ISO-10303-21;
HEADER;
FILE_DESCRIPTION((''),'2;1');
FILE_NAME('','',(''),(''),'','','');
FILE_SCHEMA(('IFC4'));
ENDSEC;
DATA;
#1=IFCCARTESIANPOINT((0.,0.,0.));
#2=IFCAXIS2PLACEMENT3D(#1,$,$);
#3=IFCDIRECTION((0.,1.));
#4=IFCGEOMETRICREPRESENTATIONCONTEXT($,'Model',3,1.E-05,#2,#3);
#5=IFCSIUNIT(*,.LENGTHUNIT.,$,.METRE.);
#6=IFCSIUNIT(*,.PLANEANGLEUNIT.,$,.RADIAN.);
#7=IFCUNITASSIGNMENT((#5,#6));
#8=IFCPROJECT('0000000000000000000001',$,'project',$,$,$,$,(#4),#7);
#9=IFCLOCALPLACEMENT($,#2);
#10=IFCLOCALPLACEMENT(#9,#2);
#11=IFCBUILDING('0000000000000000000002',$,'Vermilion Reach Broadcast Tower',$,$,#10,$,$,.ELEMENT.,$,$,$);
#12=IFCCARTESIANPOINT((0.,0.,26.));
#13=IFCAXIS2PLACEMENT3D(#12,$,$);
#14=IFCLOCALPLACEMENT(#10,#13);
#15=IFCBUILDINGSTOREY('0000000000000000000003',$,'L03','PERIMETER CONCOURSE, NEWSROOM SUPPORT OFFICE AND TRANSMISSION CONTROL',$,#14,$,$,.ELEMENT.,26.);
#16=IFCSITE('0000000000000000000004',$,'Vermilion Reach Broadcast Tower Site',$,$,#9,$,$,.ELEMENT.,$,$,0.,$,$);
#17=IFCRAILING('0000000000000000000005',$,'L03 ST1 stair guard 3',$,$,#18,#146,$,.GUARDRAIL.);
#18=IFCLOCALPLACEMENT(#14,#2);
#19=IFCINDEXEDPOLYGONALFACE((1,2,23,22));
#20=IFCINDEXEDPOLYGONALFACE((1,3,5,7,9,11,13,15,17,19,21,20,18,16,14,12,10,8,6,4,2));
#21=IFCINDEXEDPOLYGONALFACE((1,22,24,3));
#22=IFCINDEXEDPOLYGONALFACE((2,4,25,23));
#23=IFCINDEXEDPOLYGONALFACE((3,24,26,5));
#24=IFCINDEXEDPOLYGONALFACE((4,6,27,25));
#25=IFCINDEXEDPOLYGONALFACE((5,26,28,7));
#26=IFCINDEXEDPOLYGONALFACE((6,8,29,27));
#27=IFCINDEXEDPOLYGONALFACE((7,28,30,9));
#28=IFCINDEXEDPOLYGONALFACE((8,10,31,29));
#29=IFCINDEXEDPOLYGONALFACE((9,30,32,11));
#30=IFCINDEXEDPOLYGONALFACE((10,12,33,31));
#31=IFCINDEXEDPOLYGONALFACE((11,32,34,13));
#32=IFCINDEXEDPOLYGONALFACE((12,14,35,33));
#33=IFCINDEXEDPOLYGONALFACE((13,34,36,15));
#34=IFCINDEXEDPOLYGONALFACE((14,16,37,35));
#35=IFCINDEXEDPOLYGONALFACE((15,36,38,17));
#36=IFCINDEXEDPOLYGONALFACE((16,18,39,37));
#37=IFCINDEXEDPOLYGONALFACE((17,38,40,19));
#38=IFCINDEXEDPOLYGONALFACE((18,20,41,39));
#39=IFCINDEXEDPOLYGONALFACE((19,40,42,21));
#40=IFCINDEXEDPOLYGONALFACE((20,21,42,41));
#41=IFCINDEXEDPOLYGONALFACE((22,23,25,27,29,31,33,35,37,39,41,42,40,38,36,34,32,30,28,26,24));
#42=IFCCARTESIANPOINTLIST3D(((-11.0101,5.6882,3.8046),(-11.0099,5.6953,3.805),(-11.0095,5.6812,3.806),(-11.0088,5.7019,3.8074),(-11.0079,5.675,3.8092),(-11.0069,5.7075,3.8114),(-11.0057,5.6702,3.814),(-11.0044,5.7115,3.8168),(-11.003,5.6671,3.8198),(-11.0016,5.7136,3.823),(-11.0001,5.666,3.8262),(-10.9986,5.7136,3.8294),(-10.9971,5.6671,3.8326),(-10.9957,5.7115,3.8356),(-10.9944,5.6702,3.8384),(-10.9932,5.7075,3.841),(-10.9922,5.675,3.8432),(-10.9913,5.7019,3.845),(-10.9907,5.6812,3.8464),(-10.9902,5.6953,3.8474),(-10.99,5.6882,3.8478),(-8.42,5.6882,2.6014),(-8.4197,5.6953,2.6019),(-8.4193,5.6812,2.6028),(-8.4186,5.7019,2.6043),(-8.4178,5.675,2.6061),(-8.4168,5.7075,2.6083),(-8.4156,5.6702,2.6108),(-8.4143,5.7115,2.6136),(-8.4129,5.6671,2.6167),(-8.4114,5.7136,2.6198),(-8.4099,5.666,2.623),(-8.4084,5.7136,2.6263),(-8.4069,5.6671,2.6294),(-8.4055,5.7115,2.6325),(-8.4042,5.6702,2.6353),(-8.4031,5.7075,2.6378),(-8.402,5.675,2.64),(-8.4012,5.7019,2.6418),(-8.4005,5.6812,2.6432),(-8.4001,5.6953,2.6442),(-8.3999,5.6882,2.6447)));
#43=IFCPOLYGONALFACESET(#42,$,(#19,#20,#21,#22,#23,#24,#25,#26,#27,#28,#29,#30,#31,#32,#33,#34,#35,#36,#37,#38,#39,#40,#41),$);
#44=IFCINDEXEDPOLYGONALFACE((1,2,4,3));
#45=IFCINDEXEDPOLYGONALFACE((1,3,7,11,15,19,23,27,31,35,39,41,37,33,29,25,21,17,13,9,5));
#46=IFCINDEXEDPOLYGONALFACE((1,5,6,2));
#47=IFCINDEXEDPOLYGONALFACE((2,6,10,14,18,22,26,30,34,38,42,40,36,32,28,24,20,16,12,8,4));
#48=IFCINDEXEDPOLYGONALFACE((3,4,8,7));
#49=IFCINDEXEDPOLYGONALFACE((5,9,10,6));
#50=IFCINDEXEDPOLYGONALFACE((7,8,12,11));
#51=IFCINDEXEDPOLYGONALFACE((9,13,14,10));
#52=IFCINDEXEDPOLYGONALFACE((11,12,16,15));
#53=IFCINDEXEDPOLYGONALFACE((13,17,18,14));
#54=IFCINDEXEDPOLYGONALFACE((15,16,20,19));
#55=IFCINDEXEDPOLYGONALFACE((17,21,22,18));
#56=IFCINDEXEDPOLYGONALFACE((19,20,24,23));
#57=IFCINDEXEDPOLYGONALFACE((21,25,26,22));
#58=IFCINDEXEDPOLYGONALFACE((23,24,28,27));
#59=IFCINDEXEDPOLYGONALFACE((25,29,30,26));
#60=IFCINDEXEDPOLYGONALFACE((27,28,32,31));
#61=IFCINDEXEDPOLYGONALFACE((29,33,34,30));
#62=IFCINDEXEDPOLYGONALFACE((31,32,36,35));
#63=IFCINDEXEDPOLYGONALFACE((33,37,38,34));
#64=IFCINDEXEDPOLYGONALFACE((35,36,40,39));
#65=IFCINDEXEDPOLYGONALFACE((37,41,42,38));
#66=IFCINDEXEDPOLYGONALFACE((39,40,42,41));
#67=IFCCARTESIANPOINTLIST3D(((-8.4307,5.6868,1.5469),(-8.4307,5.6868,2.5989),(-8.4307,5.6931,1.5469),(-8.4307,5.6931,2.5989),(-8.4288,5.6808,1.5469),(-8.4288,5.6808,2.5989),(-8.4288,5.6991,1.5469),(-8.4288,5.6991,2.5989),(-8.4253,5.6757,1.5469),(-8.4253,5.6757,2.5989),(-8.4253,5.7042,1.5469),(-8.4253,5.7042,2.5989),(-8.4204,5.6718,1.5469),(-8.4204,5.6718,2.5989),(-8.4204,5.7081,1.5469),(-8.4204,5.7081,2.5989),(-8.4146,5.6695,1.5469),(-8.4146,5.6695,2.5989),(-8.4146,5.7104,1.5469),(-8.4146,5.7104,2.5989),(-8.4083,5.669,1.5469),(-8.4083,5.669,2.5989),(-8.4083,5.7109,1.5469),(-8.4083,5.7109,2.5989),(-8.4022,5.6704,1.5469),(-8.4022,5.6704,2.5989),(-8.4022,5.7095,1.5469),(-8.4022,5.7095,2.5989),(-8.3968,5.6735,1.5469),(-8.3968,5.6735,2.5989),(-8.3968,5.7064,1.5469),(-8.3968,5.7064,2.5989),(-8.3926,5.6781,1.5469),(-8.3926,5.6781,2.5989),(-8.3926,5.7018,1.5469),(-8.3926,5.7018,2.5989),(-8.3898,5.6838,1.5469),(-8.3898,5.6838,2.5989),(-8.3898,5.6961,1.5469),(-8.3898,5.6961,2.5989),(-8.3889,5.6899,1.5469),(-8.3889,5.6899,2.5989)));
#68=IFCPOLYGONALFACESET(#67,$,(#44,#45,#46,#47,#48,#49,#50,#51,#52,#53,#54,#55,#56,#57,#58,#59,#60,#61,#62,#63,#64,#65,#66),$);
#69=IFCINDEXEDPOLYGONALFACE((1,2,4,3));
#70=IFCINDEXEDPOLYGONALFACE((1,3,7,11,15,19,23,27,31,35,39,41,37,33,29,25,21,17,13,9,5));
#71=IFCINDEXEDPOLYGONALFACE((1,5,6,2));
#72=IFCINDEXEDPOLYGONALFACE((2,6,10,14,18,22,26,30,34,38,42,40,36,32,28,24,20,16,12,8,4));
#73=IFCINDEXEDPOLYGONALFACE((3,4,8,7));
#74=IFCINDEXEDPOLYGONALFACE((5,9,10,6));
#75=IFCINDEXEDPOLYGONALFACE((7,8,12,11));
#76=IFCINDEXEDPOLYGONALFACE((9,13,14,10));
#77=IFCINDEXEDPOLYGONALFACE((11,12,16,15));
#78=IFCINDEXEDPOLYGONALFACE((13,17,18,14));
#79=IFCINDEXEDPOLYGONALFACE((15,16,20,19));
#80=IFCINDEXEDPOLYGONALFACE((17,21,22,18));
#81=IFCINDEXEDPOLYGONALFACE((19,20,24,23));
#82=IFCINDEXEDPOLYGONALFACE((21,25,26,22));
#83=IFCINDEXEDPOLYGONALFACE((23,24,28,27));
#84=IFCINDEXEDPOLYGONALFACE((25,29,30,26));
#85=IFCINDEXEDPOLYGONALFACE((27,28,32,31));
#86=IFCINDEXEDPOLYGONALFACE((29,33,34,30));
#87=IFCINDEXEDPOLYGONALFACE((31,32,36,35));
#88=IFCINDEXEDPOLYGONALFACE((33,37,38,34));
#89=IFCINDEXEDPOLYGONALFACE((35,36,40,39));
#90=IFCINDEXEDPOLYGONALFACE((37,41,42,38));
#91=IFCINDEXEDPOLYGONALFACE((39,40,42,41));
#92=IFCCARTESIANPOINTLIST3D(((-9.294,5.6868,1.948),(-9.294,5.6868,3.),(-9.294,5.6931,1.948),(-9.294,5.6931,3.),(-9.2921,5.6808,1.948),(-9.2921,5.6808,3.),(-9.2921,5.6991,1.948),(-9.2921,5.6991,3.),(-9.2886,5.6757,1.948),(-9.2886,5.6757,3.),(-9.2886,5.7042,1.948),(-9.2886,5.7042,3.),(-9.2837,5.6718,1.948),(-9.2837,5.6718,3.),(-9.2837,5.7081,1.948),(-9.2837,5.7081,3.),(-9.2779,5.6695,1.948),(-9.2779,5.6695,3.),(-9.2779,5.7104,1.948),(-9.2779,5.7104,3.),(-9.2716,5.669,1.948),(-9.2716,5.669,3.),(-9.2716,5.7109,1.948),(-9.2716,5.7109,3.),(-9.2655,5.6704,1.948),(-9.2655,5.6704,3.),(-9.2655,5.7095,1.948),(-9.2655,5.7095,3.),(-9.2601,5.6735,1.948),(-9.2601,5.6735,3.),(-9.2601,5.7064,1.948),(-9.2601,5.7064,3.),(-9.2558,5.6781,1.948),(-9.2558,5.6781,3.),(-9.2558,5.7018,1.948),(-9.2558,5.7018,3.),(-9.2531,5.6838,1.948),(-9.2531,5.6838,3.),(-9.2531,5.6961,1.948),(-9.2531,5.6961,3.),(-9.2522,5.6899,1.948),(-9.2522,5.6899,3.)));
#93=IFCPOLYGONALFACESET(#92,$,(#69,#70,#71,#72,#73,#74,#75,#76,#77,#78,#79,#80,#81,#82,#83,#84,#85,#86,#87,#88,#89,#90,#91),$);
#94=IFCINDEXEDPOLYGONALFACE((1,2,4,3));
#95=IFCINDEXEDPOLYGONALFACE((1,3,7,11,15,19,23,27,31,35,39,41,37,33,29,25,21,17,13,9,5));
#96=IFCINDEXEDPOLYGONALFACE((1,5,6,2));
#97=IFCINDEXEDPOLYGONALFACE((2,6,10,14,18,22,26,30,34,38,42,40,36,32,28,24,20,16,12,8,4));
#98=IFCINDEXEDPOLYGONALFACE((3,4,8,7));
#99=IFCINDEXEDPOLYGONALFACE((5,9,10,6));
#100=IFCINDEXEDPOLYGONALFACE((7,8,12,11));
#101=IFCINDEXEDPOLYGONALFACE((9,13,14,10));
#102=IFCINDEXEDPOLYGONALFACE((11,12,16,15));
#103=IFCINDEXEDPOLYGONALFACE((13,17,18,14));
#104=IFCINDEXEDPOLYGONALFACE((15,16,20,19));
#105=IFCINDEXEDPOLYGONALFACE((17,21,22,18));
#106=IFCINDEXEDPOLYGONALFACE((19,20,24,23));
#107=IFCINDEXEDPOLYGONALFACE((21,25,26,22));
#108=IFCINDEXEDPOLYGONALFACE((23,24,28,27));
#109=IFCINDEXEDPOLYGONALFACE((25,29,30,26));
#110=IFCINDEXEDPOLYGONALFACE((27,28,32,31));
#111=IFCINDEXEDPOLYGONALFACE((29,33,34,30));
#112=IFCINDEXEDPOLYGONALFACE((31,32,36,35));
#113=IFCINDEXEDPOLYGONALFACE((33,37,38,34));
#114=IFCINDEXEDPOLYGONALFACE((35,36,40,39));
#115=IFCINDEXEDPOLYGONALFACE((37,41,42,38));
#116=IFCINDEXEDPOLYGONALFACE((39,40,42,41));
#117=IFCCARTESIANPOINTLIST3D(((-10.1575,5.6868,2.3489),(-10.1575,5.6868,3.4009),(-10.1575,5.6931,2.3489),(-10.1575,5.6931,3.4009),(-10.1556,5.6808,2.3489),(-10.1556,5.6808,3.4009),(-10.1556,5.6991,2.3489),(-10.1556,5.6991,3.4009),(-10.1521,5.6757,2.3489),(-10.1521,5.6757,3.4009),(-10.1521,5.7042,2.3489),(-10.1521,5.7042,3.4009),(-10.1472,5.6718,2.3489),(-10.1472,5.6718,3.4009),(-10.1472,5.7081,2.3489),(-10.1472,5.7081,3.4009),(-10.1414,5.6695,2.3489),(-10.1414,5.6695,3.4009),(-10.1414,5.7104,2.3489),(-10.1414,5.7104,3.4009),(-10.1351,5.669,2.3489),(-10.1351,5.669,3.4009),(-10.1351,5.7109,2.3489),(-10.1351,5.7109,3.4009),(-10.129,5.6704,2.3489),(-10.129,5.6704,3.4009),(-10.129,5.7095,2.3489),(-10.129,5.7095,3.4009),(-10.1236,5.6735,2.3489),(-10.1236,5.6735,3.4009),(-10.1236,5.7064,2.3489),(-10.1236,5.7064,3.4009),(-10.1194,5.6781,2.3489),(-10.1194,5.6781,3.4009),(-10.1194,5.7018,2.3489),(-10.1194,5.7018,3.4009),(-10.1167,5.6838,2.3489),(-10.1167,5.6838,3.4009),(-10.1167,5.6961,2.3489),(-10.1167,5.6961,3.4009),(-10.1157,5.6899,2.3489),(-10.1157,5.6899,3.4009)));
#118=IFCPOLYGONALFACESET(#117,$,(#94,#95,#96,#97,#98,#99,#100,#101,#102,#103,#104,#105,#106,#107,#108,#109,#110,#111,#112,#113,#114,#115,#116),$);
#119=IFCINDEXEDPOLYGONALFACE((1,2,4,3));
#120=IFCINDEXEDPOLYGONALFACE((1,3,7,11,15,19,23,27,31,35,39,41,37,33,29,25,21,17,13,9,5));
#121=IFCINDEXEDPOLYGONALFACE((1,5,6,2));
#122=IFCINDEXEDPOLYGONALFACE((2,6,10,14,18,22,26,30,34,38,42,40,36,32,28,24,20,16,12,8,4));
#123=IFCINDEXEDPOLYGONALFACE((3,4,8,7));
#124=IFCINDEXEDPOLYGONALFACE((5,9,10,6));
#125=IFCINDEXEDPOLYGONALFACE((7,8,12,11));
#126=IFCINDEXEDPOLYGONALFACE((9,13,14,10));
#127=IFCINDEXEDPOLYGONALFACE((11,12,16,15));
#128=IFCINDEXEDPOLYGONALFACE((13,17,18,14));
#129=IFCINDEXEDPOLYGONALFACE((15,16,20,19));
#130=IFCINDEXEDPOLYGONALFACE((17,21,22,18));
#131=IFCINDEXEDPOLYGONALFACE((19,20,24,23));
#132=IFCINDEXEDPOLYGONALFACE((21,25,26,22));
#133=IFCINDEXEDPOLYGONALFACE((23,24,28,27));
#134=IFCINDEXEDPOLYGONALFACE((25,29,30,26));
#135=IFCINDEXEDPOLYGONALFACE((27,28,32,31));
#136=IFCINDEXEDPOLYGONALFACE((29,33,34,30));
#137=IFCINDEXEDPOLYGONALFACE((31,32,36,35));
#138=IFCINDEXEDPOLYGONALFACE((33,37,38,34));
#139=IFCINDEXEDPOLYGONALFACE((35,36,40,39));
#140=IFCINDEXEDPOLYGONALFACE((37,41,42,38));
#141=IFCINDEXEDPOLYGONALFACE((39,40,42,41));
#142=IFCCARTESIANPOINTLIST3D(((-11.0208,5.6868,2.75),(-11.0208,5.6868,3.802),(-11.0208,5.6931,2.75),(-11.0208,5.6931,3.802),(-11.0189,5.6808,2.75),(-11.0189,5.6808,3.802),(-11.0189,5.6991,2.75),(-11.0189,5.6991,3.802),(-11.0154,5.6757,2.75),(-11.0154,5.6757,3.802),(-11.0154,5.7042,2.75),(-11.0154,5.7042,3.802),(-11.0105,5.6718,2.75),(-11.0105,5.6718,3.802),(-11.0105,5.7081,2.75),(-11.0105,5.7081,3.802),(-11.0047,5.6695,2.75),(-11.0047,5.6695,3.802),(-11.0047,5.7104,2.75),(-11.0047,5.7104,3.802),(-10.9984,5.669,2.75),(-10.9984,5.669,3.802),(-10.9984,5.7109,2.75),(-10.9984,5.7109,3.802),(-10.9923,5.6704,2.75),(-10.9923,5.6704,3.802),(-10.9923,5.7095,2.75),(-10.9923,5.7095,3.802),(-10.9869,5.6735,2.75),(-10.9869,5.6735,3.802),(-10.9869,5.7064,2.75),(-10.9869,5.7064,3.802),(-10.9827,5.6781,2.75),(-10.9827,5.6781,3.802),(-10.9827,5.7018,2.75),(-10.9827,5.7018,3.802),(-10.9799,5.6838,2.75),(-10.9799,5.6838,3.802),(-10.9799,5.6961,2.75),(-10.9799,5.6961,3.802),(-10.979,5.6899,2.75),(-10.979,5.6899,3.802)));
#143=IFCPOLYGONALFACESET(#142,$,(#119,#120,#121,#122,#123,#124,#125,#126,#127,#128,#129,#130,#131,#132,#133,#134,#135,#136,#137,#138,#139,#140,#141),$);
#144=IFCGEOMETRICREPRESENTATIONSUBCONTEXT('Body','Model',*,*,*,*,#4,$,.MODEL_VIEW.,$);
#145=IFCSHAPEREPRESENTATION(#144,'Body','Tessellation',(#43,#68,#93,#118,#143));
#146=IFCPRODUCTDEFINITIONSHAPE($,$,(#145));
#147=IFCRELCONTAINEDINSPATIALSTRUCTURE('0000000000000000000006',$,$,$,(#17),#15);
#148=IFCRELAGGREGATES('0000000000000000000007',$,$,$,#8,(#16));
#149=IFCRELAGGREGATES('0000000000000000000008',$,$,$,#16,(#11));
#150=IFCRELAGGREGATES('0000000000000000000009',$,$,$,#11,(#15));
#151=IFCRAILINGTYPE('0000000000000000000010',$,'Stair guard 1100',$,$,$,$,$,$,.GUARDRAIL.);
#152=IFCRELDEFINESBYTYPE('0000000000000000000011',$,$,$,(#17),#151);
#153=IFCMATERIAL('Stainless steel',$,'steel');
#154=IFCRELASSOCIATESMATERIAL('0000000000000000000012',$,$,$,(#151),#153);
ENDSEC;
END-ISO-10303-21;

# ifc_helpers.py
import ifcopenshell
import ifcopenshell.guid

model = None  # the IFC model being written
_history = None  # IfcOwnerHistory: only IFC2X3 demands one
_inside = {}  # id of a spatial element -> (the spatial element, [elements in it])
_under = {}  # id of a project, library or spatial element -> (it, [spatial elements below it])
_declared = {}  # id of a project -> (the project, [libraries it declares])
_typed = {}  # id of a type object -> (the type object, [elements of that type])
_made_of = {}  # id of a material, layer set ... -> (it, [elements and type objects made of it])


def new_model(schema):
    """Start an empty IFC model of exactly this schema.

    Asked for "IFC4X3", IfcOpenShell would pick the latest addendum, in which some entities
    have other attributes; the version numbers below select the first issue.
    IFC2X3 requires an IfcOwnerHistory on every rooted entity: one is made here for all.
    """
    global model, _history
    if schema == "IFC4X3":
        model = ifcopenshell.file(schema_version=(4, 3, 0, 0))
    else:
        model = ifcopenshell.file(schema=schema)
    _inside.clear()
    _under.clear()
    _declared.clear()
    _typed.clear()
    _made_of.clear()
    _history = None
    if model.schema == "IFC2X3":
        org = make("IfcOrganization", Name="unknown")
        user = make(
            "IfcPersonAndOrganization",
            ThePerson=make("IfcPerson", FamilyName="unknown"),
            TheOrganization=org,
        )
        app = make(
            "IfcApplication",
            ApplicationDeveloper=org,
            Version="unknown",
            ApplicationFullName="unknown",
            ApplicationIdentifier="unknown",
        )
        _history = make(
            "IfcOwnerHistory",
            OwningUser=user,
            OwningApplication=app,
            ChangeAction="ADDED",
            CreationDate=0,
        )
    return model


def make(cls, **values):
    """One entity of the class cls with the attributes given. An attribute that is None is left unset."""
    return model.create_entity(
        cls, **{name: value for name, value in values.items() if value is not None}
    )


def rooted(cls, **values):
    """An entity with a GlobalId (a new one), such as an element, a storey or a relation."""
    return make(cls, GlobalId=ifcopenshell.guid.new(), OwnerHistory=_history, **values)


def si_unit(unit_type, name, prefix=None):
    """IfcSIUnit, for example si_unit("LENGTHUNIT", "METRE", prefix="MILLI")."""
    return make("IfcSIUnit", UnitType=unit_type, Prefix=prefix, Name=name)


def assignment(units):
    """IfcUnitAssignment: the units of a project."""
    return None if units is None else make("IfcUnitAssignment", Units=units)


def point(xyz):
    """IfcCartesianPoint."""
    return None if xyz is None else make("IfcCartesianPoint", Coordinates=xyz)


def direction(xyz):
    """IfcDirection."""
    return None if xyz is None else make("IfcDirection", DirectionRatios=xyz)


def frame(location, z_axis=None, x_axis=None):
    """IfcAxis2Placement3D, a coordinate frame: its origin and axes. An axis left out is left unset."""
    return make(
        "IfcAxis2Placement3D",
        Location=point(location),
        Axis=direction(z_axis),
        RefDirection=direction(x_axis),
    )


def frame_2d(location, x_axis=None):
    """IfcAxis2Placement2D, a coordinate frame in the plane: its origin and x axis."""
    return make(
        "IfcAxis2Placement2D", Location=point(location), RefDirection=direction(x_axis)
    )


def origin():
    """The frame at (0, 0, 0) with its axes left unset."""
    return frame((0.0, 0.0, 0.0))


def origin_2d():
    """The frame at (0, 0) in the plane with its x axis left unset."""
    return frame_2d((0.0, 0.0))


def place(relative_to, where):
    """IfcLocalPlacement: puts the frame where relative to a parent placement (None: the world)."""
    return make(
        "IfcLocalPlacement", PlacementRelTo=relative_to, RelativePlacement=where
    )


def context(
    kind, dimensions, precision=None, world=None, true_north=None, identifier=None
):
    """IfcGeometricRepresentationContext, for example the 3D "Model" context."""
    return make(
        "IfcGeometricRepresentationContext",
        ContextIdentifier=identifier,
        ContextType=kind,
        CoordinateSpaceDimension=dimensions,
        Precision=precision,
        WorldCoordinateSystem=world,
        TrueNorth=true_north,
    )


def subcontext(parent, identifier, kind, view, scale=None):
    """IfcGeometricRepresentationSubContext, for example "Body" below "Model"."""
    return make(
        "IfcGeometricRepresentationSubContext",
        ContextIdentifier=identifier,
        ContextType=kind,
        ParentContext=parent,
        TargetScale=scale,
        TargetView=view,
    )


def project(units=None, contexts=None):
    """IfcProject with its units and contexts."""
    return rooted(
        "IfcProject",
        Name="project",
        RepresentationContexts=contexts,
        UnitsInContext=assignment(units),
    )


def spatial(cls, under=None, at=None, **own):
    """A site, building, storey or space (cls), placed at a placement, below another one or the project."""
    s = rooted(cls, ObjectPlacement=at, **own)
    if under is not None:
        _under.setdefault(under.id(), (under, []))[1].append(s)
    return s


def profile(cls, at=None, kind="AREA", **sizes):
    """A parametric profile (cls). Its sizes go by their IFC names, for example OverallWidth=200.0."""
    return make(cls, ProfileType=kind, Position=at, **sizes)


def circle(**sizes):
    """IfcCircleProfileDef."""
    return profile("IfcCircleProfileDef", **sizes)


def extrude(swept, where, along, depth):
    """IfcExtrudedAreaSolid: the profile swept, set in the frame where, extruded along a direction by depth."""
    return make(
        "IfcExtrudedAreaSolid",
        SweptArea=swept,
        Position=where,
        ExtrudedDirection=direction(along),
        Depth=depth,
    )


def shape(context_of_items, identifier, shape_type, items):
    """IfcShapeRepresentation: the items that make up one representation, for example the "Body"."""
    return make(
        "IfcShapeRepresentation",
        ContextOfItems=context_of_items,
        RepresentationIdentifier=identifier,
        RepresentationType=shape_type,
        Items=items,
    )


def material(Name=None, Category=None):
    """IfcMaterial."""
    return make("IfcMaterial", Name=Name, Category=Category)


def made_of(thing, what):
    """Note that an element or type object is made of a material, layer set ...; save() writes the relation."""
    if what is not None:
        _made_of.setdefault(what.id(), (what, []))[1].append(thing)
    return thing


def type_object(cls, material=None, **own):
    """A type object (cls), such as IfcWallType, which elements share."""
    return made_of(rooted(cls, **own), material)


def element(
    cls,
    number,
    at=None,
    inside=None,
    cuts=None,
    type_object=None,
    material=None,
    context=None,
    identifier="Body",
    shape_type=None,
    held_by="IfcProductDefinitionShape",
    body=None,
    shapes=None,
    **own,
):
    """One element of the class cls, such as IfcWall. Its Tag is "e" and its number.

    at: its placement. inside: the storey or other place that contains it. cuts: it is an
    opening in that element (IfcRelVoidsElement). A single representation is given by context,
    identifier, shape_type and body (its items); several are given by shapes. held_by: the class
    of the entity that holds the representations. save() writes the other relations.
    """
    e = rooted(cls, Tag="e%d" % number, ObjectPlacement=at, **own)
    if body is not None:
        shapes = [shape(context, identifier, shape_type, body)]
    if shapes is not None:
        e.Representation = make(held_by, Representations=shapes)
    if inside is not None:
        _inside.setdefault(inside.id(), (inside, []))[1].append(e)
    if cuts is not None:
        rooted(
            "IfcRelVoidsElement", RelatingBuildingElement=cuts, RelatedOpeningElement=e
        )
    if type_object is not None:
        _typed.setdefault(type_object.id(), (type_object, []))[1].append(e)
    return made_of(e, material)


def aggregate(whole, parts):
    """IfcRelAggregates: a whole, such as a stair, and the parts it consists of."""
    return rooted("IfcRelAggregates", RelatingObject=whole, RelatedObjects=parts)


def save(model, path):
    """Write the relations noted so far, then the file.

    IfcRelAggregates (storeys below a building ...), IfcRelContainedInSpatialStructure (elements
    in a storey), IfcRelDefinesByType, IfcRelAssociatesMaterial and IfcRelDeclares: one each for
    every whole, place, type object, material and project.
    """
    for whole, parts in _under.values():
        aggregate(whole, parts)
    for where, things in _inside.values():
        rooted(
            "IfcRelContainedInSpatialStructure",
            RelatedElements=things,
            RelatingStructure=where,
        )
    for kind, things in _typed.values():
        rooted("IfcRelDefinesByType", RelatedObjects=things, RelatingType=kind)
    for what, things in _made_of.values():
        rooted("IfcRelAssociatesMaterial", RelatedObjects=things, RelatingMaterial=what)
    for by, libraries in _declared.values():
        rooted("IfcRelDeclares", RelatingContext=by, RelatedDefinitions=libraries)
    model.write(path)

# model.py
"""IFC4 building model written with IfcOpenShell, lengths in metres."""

from ifc_helpers import new_model, si_unit, direction, frame, origin, origin_2d, place, context, subcontext, project, spatial, circle, extrude, material, type_object, element, save


model = new_model("IFC4")

# Units and contexts
model_context = context("Model", 3, precision=1e-05, world=origin(), true_north=direction((0.0, 1.0)))
body_context = subcontext(model_context, "Body", "Model", "MODEL_VIEW")
ifc_project = project(units=[si_unit("LENGTHUNIT", "METRE"), si_unit("PLANEANGLEUNIT", "RADIAN")], contexts=[model_context])

# Site, building, storey
site_placement = place(None, origin())
site = spatial("IfcSite", under=ifc_project, at=site_placement, Name="Vermilion Reach Broadcast Tower Site", CompositionType="ELEMENT", RefElevation=0.0)
building_placement = place(site_placement, origin())
building = spatial("IfcBuilding", under=site, at=building_placement, Name="Vermilion Reach Broadcast Tower", CompositionType="ELEMENT")
storey_placement = place(building_placement, frame((0.0, 0.0, 26.0)))
storey = spatial("IfcBuildingStorey", under=building, at=storey_placement, Name="L03", Description="PERIMETER CONCOURSE, NEWSROOM SUPPORT OFFICE AND TRANSMISSION CONTROL", CompositionType="ELEMENT", Elevation=26.0)

# Railing
ifc_material_1 = material(Name="Stainless steel", Category="steel")
railing_type_1 = type_object("IfcRailingType", Name="Stair guard 1100", PredefinedType="GUARDRAIL", material=ifc_material_1)
railing_1_placement = place(storey_placement, frame((-8.4099, 5.6899, 1.5469)))
element("IfcRailing", 1, at=railing_1_placement, inside=storey, type_object=railing_type_1, Name="L03 ST1 stair guard 3", PredefinedType="GUARDRAIL", context=body_context, shape_type="SweptSolid", body=[
    extrude(circle(Radius=0.0239, at=origin_2d()), frame((0.0, 0.0, 1.0762), z_axis=(-0.906931, 0.0, 0.42128), x_axis=(0.0, -1.0, 0.0)), (0.0, 0.0, 1.0), 2.856),
    extrude(circle(Radius=0.021, at=origin_2d()), origin(), (0.0, 0.0, 1.0), 1.052),
    extrude(circle(Radius=0.021, at=origin_2d()), frame((-0.8633, 0.0, 0.4011)), (0.0, 0.0, 1.0), 1.052),
    extrude(circle(Radius=0.021, at=origin_2d()), frame((-1.7268, 0.0, 0.802)), (0.0, 0.0, 1.0), 1.052),
    extrude(circle(Radius=0.021, at=origin_2d()), frame((-2.5901, 0.0, 1.2031)), (0.0, 0.0, 1.0), 1.052),
])

save(model, "model.ifc")
